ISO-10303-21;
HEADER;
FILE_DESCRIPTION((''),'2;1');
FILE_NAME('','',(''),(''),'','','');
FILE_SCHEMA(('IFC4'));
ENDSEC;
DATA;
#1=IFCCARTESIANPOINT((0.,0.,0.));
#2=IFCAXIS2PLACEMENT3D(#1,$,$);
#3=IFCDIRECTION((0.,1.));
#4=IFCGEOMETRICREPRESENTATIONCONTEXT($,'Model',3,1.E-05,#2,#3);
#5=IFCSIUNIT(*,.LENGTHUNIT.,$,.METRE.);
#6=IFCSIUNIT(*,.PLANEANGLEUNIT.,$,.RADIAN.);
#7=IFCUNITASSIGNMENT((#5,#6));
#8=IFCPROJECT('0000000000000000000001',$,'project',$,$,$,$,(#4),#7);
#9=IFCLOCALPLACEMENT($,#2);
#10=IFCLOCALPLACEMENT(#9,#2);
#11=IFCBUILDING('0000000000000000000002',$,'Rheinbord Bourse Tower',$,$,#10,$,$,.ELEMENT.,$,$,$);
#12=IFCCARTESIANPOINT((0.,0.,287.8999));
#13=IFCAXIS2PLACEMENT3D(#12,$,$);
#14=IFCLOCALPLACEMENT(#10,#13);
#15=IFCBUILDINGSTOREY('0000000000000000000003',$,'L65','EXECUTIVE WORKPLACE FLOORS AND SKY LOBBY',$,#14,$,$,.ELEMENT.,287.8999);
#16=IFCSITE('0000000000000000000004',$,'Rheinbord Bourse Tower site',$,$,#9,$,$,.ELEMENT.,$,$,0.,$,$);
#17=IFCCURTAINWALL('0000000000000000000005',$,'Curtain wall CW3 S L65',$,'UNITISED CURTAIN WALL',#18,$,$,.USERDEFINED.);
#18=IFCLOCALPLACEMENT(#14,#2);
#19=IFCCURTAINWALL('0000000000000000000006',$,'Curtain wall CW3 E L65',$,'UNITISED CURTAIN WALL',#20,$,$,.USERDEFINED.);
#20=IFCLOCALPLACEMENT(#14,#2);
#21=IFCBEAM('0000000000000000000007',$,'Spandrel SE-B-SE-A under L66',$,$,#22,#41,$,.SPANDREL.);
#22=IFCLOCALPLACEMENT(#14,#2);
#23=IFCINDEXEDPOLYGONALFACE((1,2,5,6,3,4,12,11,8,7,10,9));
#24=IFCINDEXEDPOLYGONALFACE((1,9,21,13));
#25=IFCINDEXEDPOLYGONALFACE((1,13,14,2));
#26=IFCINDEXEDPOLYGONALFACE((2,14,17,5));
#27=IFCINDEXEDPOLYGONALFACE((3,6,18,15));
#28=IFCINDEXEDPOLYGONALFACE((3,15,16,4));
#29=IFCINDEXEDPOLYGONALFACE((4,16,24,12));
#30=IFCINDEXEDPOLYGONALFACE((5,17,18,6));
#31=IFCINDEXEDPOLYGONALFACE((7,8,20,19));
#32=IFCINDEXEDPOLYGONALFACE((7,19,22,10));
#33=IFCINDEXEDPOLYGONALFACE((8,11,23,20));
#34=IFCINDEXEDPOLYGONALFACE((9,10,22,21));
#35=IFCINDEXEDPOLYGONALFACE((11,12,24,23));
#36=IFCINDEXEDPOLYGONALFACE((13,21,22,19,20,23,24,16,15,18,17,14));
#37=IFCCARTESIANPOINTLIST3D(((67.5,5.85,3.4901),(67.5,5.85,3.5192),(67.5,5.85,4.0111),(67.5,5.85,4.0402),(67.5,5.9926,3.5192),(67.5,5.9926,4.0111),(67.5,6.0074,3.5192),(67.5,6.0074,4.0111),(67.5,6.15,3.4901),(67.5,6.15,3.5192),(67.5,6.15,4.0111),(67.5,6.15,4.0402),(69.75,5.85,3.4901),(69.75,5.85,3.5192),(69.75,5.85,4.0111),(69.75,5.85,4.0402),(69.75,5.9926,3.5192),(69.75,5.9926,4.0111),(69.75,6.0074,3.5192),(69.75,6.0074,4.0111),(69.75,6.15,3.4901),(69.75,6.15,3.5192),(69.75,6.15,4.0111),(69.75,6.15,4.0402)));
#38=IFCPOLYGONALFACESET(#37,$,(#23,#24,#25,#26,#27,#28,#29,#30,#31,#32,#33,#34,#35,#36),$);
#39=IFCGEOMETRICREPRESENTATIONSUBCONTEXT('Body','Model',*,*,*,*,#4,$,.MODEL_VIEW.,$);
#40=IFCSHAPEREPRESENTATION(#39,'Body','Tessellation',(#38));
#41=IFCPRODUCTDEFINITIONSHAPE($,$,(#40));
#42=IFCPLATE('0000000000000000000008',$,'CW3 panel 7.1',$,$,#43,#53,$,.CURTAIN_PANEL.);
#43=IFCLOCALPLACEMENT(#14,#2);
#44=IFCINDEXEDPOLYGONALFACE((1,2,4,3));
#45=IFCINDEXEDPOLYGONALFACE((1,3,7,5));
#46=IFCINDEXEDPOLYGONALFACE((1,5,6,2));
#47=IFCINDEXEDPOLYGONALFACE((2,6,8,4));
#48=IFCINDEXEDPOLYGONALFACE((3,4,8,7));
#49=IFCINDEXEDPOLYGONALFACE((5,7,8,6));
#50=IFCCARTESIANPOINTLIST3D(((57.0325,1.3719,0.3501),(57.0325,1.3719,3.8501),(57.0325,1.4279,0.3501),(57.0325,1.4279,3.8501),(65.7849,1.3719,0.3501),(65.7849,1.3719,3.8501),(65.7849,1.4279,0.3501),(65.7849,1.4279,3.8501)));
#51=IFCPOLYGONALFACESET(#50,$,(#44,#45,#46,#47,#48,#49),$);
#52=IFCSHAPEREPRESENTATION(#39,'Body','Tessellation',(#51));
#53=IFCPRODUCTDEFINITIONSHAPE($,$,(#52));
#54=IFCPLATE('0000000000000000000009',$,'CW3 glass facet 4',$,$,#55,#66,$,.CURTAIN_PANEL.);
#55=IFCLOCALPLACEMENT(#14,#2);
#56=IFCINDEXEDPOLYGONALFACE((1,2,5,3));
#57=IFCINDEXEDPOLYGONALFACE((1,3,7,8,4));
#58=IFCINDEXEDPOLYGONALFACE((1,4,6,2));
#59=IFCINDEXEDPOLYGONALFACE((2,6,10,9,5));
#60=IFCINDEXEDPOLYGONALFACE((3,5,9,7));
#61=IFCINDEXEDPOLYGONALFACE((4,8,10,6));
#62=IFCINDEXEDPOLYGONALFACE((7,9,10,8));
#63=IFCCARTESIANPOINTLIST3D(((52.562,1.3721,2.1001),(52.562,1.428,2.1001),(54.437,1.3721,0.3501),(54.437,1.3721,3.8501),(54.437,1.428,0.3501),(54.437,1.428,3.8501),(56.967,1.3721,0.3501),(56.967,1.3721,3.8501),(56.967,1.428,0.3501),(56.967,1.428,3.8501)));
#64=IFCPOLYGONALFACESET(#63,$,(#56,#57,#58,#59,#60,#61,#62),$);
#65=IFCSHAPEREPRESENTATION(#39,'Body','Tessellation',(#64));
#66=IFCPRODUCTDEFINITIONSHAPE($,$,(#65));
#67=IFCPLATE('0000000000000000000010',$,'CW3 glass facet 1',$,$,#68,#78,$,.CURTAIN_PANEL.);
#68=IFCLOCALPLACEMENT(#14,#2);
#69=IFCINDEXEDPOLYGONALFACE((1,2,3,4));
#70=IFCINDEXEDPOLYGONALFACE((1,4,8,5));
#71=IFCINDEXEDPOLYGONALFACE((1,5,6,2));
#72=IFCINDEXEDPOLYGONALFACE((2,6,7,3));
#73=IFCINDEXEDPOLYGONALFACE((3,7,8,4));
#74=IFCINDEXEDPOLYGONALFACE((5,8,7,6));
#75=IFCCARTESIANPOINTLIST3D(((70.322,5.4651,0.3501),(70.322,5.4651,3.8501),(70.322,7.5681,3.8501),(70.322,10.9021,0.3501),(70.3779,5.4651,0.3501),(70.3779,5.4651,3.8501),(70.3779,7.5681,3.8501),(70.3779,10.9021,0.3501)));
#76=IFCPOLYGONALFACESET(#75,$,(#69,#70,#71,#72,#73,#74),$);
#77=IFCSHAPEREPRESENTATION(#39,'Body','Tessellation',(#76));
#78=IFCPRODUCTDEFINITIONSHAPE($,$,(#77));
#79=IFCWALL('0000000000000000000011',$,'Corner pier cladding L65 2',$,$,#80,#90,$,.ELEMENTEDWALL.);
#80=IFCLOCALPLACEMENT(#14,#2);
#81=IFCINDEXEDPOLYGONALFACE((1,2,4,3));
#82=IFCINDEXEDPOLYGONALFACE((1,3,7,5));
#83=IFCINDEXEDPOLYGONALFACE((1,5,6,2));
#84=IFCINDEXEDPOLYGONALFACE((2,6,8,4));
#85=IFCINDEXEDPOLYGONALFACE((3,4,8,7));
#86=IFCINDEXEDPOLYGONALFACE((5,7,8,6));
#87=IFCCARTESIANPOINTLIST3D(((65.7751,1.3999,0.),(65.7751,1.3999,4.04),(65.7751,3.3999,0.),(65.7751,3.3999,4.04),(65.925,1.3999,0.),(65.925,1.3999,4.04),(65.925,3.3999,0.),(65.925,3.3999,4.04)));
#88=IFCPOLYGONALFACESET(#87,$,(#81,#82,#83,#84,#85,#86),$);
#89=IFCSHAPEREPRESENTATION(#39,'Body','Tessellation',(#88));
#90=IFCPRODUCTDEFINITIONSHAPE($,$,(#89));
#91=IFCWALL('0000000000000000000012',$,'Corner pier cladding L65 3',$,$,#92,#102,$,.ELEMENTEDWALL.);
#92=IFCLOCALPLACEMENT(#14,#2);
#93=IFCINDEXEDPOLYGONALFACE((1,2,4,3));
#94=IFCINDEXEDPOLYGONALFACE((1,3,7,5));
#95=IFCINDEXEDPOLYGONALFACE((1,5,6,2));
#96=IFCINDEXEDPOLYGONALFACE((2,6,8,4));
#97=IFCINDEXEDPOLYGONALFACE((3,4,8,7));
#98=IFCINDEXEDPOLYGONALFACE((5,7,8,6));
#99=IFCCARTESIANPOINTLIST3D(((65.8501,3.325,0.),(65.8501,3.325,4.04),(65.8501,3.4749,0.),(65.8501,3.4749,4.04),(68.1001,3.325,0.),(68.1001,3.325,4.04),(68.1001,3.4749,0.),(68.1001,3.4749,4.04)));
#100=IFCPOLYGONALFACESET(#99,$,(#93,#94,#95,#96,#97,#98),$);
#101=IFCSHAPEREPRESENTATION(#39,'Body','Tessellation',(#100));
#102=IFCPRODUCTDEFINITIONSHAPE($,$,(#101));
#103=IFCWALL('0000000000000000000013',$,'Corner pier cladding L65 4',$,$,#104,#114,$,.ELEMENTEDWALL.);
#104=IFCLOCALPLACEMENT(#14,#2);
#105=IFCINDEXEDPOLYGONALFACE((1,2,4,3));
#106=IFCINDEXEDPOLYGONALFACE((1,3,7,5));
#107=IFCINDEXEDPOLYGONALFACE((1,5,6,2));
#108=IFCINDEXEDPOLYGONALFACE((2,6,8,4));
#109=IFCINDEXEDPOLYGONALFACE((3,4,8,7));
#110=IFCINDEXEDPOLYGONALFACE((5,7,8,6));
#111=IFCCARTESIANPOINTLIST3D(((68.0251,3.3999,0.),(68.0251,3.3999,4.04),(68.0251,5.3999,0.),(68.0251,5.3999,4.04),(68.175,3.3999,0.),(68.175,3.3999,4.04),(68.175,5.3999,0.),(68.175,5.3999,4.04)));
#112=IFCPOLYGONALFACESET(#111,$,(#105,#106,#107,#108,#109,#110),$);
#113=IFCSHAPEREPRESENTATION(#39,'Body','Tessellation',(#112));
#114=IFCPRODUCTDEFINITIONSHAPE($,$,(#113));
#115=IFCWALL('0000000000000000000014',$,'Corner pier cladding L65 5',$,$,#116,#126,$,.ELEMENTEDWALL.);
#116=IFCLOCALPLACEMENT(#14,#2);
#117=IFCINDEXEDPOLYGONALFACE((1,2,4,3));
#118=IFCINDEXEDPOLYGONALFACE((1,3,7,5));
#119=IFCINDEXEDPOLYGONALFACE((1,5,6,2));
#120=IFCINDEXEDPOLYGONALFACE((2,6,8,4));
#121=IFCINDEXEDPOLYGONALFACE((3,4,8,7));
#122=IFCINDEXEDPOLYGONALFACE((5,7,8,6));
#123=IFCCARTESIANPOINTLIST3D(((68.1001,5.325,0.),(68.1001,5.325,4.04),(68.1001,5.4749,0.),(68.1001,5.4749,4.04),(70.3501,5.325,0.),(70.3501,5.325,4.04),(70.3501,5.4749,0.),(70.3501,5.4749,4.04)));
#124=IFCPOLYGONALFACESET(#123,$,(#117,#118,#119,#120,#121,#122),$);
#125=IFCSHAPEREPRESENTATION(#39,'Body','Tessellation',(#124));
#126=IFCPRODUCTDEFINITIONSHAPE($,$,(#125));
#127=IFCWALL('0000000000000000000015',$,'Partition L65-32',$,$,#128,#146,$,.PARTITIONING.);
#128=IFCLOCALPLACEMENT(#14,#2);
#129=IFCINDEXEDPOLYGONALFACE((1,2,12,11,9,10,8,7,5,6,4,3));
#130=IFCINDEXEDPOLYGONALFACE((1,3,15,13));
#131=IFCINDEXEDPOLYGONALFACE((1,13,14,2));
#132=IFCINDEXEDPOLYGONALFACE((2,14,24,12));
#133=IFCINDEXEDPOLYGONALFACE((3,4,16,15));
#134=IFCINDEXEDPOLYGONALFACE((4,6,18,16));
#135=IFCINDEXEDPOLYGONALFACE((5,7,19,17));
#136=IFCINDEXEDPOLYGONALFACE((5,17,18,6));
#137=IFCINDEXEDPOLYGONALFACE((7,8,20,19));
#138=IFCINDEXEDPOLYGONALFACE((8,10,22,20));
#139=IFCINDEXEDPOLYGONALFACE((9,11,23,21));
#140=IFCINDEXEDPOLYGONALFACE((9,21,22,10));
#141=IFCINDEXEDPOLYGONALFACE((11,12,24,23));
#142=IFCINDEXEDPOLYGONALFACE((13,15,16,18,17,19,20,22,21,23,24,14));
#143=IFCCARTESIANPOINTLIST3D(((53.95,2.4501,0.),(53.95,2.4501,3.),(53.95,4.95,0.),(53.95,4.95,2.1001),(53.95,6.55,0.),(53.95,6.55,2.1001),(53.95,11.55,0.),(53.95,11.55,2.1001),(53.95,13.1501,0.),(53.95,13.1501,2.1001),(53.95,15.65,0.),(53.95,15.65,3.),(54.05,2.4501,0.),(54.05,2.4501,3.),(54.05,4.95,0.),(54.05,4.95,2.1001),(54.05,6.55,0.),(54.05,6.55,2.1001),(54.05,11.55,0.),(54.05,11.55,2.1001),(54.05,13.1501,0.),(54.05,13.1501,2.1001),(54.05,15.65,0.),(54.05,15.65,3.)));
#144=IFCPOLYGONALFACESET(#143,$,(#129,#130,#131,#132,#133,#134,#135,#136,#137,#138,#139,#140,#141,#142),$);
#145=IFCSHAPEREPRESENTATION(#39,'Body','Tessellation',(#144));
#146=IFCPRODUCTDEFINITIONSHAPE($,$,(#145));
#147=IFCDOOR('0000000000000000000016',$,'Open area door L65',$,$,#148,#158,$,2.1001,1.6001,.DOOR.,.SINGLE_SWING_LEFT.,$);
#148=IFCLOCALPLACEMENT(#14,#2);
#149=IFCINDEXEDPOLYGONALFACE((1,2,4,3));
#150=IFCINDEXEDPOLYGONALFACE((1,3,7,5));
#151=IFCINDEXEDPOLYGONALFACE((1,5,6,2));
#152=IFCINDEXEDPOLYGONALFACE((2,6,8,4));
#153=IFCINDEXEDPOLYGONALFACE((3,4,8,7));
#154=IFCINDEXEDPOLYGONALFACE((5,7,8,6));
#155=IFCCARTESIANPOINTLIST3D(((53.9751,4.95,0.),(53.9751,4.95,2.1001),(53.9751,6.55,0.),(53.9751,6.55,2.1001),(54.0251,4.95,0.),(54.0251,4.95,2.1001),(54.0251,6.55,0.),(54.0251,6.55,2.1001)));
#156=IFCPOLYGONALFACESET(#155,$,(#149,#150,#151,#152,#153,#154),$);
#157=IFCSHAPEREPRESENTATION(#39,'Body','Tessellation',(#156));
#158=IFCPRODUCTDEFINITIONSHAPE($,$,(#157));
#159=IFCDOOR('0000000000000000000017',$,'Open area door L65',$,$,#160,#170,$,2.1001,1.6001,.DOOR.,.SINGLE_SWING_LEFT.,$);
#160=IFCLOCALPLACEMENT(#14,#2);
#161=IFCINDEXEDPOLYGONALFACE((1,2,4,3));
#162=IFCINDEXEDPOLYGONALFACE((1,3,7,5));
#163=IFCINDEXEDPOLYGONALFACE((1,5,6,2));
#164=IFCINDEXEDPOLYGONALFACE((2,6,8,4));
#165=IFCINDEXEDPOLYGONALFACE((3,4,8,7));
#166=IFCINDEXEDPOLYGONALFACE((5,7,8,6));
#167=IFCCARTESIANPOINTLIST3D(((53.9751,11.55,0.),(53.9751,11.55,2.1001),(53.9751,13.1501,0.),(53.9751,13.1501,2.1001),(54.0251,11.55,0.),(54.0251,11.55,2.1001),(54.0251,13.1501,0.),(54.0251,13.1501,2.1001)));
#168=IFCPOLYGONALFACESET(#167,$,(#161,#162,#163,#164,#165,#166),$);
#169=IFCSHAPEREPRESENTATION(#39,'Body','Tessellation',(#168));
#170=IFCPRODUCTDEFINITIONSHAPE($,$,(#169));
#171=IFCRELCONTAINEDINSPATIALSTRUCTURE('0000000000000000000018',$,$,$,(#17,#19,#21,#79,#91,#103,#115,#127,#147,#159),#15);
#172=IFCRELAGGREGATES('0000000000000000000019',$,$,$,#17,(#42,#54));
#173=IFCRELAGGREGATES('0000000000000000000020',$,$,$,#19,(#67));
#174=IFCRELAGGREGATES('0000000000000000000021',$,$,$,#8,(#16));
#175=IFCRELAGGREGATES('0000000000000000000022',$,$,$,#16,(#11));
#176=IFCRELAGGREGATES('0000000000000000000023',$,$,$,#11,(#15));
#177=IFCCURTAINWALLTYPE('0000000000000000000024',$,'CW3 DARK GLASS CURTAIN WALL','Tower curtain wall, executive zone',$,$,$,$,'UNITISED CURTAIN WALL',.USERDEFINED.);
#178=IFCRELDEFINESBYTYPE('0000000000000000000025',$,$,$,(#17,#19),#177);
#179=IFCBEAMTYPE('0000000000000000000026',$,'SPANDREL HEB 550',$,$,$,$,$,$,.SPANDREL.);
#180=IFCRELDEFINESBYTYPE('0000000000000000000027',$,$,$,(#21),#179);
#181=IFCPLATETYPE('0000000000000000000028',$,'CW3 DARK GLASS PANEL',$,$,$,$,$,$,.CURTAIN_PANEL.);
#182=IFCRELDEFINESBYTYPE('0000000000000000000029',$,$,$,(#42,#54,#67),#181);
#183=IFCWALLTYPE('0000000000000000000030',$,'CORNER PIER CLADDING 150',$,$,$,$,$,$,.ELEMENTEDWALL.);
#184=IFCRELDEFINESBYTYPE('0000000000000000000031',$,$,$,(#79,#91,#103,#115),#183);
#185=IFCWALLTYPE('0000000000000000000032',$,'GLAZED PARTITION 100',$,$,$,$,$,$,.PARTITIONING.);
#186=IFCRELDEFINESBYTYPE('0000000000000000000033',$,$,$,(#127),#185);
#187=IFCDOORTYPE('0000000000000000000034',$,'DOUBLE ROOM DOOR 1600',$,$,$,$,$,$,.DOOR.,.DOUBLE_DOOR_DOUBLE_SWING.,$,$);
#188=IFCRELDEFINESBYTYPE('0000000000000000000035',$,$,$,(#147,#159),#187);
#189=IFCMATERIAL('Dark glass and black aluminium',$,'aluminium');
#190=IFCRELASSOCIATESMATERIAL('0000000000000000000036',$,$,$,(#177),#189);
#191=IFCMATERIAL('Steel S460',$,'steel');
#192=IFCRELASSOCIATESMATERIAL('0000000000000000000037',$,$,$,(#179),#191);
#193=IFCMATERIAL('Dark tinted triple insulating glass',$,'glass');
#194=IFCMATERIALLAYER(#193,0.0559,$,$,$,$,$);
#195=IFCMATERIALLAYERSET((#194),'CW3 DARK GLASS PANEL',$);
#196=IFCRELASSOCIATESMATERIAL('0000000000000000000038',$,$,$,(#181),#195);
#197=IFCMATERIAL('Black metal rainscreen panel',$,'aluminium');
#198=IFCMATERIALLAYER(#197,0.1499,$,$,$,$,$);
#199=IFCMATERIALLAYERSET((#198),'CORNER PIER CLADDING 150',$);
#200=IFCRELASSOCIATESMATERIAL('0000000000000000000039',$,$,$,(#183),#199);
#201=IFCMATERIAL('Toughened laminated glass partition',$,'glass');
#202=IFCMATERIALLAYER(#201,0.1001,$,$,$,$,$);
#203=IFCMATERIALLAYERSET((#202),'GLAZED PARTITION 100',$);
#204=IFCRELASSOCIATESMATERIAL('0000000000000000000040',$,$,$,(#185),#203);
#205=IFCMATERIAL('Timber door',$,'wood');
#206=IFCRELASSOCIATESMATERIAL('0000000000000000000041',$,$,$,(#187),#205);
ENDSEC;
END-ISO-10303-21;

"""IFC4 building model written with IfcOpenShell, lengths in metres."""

from ifc_helpers import new_model, si_unit, direction, frame, frame_2d, origin, origin_2d, place, context, subcontext, project, spatial, polyline, rectangle, i_section, outline, extrude, material, layer, layer_set, material_profile, profile_set, type_object, element, fill, aggregate, save


model = new_model("IFC4")

# Units and contexts
model_context = context("Model", 3, precision=1e-05, world=origin(), true_north=direction((0.0, 1.0)))
body_context = subcontext(model_context, "Body", "Model", "MODEL_VIEW")
ifc_project = project(units=[si_unit("LENGTHUNIT", "METRE"), si_unit("PLANEANGLEUNIT", "RADIAN")], contexts=[model_context])

# Site, building, storey
site_placement = place(None, origin())
site = spatial("IfcSite", under=ifc_project, at=site_placement, Name="Rheinbord Bourse Tower site", CompositionType="ELEMENT", RefElevation=0.0)
building_placement = place(site_placement, origin())
building = spatial("IfcBuilding", under=site, at=building_placement, Name="Rheinbord Bourse Tower", CompositionType="ELEMENT")
storey_placement = place(building_placement, frame((0.0, 0.0, 287.8999)))
storey = spatial("IfcBuildingStorey", under=building, at=storey_placement, Name="L65", Description="EXECUTIVE WORKPLACE FLOORS AND SKY LOBBY", CompositionType="ELEMENT", Elevation=287.8999)

# Curtain wall
ifc_material_1 = material(Name="Dark glass and black aluminium", Category="aluminium")
curtain_wall_type = type_object("IfcCurtainWallType", Name="CW3 DARK GLASS CURTAIN WALL", Description="Tower curtain wall, executive zone", ElementType="UNITISED CURTAIN WALL", PredefinedType="USERDEFINED", material=ifc_material_1)
curtain_wall_1_placement = place(storey_placement, origin())
curtain_wall_1 = element("IfcCurtainWall", 1, at=curtain_wall_1_placement, inside=storey, type_object=curtain_wall_type, Name="Curtain wall CW3 S L65", ObjectType="UNITISED CURTAIN WALL", PredefinedType="USERDEFINED")

# Curtain wall
curtain_wall_2_placement = place(storey_placement, origin())
curtain_wall_2 = element("IfcCurtainWall", 2, at=curtain_wall_2_placement, inside=storey, type_object=curtain_wall_type, Name="Curtain wall CW3 E L65", ObjectType="UNITISED CURTAIN WALL", PredefinedType="USERDEFINED")

# Beam
ifc_material_2 = material(Name="Steel S460", Category="steel")
ifc_material_profile_1 = material_profile(ifc_material_2, i_section(OverallWidth=0.3, OverallDepth=0.55, WebThickness=0.0149, FlangeThickness=0.0291, at=origin_2d()), Name="HEB 550")
ifc_profile_set_1 = profile_set([ifc_material_profile_1], Name="Steel S460")
beam_type_1 = type_object("IfcBeamType", Name="SPANDREL HEB 550", PredefinedType="SPANDREL", material=ifc_profile_set_1)
beam_1_placement = place(storey_placement, frame((67.5, 6.0, 3.7651), z_axis=(1.0, 0.0, 0.0), x_axis=(0.0, 1.0, 0.0)))
element("IfcBeam", 3, at=beam_1_placement, inside=storey, type_object=beam_type_1, Name="Spandrel SE-B-SE-A under L66", PredefinedType="SPANDREL", context=body_context, shape_type="SweptSolid", body=[
    extrude(i_section(OverallWidth=0.3, OverallDepth=0.55, WebThickness=0.0149, FlangeThickness=0.0291, at=origin_2d()), origin(), (0.0, 0.0, 1.0), 2.25),
])

# Plates
ifc_material_3 = material(Name="Dark tinted triple insulating glass", Category="glass")
ifc_layer_1 = layer(ifc_material_3, 0.0559)
ifc_layer_set_1 = layer_set([ifc_layer_1], Name="CW3 DARK GLASS PANEL")
plate_type = type_object("IfcPlateType", Name="CW3 DARK GLASS PANEL", PredefinedType="CURTAIN_PANEL", material=ifc_layer_set_1)
plate_1_placement = place(storey_placement, frame((61.4087, 1.3999, 0.3501), z_axis=(0.0, 0.0, 1.0), x_axis=(1.0, 0.0, 0.0)))
plate_1 = element("IfcPlate", 4, at=plate_1_placement, type_object=plate_type, Name="CW3 panel 7.1", PredefinedType="CURTAIN_PANEL", context=body_context, shape_type="SweptSolid", body=[
    extrude(rectangle(XDim=8.7524, YDim=0.0559, at=origin_2d()), origin(), (0.0, 0.0, 1.0), 3.5),
])
plate_2_placement = place(storey_placement, frame((56.967, 1.3721, 3.8501), z_axis=(0.0, 1.0, 0.0), x_axis=(0.0, 0.0, -1.0)))
plate_2 = element("IfcPlate", 5, at=plate_2_placement, type_object=plate_type, Name="CW3 glass facet 4", PredefinedType="CURTAIN_PANEL", context=body_context, shape_type="SweptSolid", body=[
    extrude(outline(polyline([(0.0, 0.0), (3.5, 0.0), (3.5, 2.53), (1.75, 4.405), (0.0, 2.53), (0.0, 0.0)])), origin(), (0.0, 0.0, 1.0), 0.0559),
])
aggregate(curtain_wall_1, [plate_1, plate_2])
plate_3_placement = place(storey_placement, frame((70.3779, 5.4651, 0.3501), z_axis=(-1.0, 0.0, 0.0), x_axis=(0.0, 0.0, 1.0)))
plate_3 = element("IfcPlate", 6, at=plate_3_placement, type_object=plate_type, Name="CW3 glass facet 1", PredefinedType="CURTAIN_PANEL", context=body_context, shape_type="SweptSolid", body=[
    extrude(outline(polyline([(0.0, 0.0), (3.5, 0.0), (3.5, 2.103), (0.0, 5.437), (0.0, 0.0)])), origin(), (0.0, 0.0, 1.0), 0.0559),
])
aggregate(curtain_wall_2, [plate_3])

# Walls
ifc_material_4 = material(Name="Black metal rainscreen panel", Category="aluminium")
ifc_layer_2 = layer(ifc_material_4, 0.1499)
ifc_layer_set_2 = layer_set([ifc_layer_2], Name="CORNER PIER CLADDING 150")
wall_type_1 = type_object("IfcWallType", Name="CORNER PIER CLADDING 150", PredefinedType="ELEMENTEDWALL", material=ifc_layer_set_2)
wall_1_placement = place(storey_placement, frame((65.8501, 1.3999, 0.0), z_axis=(0.0, 0.0, 1.0), x_axis=(0.0, 1.0, 0.0)))
element("IfcWall", 7, at=wall_1_placement, inside=storey, type_object=wall_type_1, Name="Corner pier cladding L65 2", PredefinedType="ELEMENTEDWALL", context=body_context, shape_type="SweptSolid", body=[
    extrude(rectangle(XDim=2.0, YDim=0.1499, at=frame_2d((1.0, 0.0))), origin(), (0.0, 0.0, 1.0), 4.04),
])
wall_2_placement = place(storey_placement, frame((65.8501, 3.3999, 0.0), z_axis=(0.0, 0.0, 1.0), x_axis=(1.0, 0.0, 0.0)))
element("IfcWall", 8, at=wall_2_placement, inside=storey, type_object=wall_type_1, Name="Corner pier cladding L65 3", PredefinedType="ELEMENTEDWALL", context=body_context, shape_type="SweptSolid", body=[
    extrude(rectangle(XDim=2.25, YDim=0.1499, at=frame_2d((1.125, 0.0))), origin(), (0.0, 0.0, 1.0), 4.04),
])
wall_3_placement = place(storey_placement, frame((68.1001, 3.3999, 0.0), z_axis=(0.0, 0.0, 1.0), x_axis=(0.0, 1.0, 0.0)))
element("IfcWall", 9, at=wall_3_placement, inside=storey, type_object=wall_type_1, Name="Corner pier cladding L65 4", PredefinedType="ELEMENTEDWALL", context=body_context, shape_type="SweptSolid", body=[
    extrude(rectangle(XDim=2.0, YDim=0.1499, at=frame_2d((1.0, 0.0))), origin(), (0.0, 0.0, 1.0), 4.04),
])
wall_4_placement = place(storey_placement, frame((68.1001, 5.3999, 0.0), z_axis=(0.0, 0.0, 1.0), x_axis=(1.0, 0.0, 0.0)))
element("IfcWall", 10, at=wall_4_placement, inside=storey, type_object=wall_type_1, Name="Corner pier cladding L65 5", PredefinedType="ELEMENTEDWALL", context=body_context, shape_type="SweptSolid", body=[
    extrude(rectangle(XDim=2.25, YDim=0.1499, at=frame_2d((1.125, 0.0))), origin(), (0.0, 0.0, 1.0), 4.04),
])

# Wall, openings, doors
ifc_material_5 = material(Name="Toughened laminated glass partition", Category="glass")
ifc_layer_3 = layer(ifc_material_5, 0.1001)
ifc_layer_set_3 = layer_set([ifc_layer_3], Name="GLAZED PARTITION 100")
wall_type_2 = type_object("IfcWallType", Name="GLAZED PARTITION 100", PredefinedType="PARTITIONING", material=ifc_layer_set_3)
wall_5_placement = place(storey_placement, frame((54.0, 2.45, 0.0), z_axis=(0.0, 0.0, 1.0), x_axis=(0.0, 1.0, 0.0)))
wall_5 = element("IfcWall", 11, at=wall_5_placement, inside=storey, type_object=wall_type_2, Name="Partition L65-32", PredefinedType="PARTITIONING", context=body_context, shape_type="SweptSolid", body=[
    extrude(rectangle(XDim=13.2, YDim=0.1001, at=frame_2d((6.6001, 0.0))), origin(), (0.0, 0.0, 1.0), 3.0),
])
opening_1_placement = place(wall_5_placement, frame((2.5, 0.0, 0.0)))
opening_1 = element("IfcOpeningElement", 12, at=opening_1_placement, cuts=wall_5, PredefinedType="OPENING", context=body_context, shape_type="SweptSolid", body=[
    extrude(rectangle(XDim=1.6001, YDim=2.1001, at=frame_2d((0.8, 1.05))), frame((0.0, 0.0601, 0.0), z_axis=(0.0, -1.0, 0.0), x_axis=(1.0, 0.0, 0.0)), (0.0, 0.0, 1.0), 0.1201),
])
opening_2_placement = place(wall_5_placement, frame((9.1001, 0.0, 0.0)))
opening_2 = element("IfcOpeningElement", 13, at=opening_2_placement, cuts=wall_5, PredefinedType="OPENING", context=body_context, shape_type="SweptSolid", body=[
    extrude(rectangle(XDim=1.6001, YDim=2.1001, at=frame_2d((0.8, 1.05))), frame((0.0, 0.0601, 0.0), z_axis=(0.0, -1.0, 0.0), x_axis=(1.0, 0.0, 0.0)), (0.0, 0.0, 1.0), 0.1201),
])
ifc_material_6 = material(Name="Timber door", Category="wood")
door_type = type_object("IfcDoorType", Name="DOUBLE ROOM DOOR 1600", OperationType="DOUBLE_DOOR_DOUBLE_SWING", PredefinedType="DOOR", material=ifc_material_6)
door_1_placement = place(opening_1_placement, origin())
door_1 = element("IfcDoor", 14, at=door_1_placement, inside=storey, type_object=door_type, Name="Open area door L65", OperationType="SINGLE_SWING_LEFT", OverallHeight=2.1001, OverallWidth=1.6001, PredefinedType="DOOR", context=body_context, shape_type="SweptSolid", body=[
    extrude(rectangle(XDim=1.6001, YDim=2.1001, at=frame_2d((0.8, 1.05))), frame((0.0, 0.0249, 0.0), z_axis=(0.0, -1.0, 0.0), x_axis=(1.0, 0.0, 0.0)), (0.0, 0.0, 1.0), 0.05),
])
fill(opening_1, door_1)
door_2_placement = place(opening_2_placement, origin())
door_2 = element("IfcDoor", 15, at=door_2_placement, inside=storey, type_object=door_type, Name="Open area door L65", OperationType="SINGLE_SWING_LEFT", OverallHeight=2.1001, OverallWidth=1.6001, PredefinedType="DOOR", context=body_context, shape_type="SweptSolid", body=[
    extrude(rectangle(XDim=1.6001, YDim=2.1001, at=frame_2d((0.8, 1.05))), frame((0.0, 0.0249, 0.0), z_axis=(0.0, -1.0, 0.0), x_axis=(1.0, 0.0, 0.0)), (0.0, 0.0, 1.0), 0.05),
])
fill(opening_2, door_2)

save(model, "model.ifc")
